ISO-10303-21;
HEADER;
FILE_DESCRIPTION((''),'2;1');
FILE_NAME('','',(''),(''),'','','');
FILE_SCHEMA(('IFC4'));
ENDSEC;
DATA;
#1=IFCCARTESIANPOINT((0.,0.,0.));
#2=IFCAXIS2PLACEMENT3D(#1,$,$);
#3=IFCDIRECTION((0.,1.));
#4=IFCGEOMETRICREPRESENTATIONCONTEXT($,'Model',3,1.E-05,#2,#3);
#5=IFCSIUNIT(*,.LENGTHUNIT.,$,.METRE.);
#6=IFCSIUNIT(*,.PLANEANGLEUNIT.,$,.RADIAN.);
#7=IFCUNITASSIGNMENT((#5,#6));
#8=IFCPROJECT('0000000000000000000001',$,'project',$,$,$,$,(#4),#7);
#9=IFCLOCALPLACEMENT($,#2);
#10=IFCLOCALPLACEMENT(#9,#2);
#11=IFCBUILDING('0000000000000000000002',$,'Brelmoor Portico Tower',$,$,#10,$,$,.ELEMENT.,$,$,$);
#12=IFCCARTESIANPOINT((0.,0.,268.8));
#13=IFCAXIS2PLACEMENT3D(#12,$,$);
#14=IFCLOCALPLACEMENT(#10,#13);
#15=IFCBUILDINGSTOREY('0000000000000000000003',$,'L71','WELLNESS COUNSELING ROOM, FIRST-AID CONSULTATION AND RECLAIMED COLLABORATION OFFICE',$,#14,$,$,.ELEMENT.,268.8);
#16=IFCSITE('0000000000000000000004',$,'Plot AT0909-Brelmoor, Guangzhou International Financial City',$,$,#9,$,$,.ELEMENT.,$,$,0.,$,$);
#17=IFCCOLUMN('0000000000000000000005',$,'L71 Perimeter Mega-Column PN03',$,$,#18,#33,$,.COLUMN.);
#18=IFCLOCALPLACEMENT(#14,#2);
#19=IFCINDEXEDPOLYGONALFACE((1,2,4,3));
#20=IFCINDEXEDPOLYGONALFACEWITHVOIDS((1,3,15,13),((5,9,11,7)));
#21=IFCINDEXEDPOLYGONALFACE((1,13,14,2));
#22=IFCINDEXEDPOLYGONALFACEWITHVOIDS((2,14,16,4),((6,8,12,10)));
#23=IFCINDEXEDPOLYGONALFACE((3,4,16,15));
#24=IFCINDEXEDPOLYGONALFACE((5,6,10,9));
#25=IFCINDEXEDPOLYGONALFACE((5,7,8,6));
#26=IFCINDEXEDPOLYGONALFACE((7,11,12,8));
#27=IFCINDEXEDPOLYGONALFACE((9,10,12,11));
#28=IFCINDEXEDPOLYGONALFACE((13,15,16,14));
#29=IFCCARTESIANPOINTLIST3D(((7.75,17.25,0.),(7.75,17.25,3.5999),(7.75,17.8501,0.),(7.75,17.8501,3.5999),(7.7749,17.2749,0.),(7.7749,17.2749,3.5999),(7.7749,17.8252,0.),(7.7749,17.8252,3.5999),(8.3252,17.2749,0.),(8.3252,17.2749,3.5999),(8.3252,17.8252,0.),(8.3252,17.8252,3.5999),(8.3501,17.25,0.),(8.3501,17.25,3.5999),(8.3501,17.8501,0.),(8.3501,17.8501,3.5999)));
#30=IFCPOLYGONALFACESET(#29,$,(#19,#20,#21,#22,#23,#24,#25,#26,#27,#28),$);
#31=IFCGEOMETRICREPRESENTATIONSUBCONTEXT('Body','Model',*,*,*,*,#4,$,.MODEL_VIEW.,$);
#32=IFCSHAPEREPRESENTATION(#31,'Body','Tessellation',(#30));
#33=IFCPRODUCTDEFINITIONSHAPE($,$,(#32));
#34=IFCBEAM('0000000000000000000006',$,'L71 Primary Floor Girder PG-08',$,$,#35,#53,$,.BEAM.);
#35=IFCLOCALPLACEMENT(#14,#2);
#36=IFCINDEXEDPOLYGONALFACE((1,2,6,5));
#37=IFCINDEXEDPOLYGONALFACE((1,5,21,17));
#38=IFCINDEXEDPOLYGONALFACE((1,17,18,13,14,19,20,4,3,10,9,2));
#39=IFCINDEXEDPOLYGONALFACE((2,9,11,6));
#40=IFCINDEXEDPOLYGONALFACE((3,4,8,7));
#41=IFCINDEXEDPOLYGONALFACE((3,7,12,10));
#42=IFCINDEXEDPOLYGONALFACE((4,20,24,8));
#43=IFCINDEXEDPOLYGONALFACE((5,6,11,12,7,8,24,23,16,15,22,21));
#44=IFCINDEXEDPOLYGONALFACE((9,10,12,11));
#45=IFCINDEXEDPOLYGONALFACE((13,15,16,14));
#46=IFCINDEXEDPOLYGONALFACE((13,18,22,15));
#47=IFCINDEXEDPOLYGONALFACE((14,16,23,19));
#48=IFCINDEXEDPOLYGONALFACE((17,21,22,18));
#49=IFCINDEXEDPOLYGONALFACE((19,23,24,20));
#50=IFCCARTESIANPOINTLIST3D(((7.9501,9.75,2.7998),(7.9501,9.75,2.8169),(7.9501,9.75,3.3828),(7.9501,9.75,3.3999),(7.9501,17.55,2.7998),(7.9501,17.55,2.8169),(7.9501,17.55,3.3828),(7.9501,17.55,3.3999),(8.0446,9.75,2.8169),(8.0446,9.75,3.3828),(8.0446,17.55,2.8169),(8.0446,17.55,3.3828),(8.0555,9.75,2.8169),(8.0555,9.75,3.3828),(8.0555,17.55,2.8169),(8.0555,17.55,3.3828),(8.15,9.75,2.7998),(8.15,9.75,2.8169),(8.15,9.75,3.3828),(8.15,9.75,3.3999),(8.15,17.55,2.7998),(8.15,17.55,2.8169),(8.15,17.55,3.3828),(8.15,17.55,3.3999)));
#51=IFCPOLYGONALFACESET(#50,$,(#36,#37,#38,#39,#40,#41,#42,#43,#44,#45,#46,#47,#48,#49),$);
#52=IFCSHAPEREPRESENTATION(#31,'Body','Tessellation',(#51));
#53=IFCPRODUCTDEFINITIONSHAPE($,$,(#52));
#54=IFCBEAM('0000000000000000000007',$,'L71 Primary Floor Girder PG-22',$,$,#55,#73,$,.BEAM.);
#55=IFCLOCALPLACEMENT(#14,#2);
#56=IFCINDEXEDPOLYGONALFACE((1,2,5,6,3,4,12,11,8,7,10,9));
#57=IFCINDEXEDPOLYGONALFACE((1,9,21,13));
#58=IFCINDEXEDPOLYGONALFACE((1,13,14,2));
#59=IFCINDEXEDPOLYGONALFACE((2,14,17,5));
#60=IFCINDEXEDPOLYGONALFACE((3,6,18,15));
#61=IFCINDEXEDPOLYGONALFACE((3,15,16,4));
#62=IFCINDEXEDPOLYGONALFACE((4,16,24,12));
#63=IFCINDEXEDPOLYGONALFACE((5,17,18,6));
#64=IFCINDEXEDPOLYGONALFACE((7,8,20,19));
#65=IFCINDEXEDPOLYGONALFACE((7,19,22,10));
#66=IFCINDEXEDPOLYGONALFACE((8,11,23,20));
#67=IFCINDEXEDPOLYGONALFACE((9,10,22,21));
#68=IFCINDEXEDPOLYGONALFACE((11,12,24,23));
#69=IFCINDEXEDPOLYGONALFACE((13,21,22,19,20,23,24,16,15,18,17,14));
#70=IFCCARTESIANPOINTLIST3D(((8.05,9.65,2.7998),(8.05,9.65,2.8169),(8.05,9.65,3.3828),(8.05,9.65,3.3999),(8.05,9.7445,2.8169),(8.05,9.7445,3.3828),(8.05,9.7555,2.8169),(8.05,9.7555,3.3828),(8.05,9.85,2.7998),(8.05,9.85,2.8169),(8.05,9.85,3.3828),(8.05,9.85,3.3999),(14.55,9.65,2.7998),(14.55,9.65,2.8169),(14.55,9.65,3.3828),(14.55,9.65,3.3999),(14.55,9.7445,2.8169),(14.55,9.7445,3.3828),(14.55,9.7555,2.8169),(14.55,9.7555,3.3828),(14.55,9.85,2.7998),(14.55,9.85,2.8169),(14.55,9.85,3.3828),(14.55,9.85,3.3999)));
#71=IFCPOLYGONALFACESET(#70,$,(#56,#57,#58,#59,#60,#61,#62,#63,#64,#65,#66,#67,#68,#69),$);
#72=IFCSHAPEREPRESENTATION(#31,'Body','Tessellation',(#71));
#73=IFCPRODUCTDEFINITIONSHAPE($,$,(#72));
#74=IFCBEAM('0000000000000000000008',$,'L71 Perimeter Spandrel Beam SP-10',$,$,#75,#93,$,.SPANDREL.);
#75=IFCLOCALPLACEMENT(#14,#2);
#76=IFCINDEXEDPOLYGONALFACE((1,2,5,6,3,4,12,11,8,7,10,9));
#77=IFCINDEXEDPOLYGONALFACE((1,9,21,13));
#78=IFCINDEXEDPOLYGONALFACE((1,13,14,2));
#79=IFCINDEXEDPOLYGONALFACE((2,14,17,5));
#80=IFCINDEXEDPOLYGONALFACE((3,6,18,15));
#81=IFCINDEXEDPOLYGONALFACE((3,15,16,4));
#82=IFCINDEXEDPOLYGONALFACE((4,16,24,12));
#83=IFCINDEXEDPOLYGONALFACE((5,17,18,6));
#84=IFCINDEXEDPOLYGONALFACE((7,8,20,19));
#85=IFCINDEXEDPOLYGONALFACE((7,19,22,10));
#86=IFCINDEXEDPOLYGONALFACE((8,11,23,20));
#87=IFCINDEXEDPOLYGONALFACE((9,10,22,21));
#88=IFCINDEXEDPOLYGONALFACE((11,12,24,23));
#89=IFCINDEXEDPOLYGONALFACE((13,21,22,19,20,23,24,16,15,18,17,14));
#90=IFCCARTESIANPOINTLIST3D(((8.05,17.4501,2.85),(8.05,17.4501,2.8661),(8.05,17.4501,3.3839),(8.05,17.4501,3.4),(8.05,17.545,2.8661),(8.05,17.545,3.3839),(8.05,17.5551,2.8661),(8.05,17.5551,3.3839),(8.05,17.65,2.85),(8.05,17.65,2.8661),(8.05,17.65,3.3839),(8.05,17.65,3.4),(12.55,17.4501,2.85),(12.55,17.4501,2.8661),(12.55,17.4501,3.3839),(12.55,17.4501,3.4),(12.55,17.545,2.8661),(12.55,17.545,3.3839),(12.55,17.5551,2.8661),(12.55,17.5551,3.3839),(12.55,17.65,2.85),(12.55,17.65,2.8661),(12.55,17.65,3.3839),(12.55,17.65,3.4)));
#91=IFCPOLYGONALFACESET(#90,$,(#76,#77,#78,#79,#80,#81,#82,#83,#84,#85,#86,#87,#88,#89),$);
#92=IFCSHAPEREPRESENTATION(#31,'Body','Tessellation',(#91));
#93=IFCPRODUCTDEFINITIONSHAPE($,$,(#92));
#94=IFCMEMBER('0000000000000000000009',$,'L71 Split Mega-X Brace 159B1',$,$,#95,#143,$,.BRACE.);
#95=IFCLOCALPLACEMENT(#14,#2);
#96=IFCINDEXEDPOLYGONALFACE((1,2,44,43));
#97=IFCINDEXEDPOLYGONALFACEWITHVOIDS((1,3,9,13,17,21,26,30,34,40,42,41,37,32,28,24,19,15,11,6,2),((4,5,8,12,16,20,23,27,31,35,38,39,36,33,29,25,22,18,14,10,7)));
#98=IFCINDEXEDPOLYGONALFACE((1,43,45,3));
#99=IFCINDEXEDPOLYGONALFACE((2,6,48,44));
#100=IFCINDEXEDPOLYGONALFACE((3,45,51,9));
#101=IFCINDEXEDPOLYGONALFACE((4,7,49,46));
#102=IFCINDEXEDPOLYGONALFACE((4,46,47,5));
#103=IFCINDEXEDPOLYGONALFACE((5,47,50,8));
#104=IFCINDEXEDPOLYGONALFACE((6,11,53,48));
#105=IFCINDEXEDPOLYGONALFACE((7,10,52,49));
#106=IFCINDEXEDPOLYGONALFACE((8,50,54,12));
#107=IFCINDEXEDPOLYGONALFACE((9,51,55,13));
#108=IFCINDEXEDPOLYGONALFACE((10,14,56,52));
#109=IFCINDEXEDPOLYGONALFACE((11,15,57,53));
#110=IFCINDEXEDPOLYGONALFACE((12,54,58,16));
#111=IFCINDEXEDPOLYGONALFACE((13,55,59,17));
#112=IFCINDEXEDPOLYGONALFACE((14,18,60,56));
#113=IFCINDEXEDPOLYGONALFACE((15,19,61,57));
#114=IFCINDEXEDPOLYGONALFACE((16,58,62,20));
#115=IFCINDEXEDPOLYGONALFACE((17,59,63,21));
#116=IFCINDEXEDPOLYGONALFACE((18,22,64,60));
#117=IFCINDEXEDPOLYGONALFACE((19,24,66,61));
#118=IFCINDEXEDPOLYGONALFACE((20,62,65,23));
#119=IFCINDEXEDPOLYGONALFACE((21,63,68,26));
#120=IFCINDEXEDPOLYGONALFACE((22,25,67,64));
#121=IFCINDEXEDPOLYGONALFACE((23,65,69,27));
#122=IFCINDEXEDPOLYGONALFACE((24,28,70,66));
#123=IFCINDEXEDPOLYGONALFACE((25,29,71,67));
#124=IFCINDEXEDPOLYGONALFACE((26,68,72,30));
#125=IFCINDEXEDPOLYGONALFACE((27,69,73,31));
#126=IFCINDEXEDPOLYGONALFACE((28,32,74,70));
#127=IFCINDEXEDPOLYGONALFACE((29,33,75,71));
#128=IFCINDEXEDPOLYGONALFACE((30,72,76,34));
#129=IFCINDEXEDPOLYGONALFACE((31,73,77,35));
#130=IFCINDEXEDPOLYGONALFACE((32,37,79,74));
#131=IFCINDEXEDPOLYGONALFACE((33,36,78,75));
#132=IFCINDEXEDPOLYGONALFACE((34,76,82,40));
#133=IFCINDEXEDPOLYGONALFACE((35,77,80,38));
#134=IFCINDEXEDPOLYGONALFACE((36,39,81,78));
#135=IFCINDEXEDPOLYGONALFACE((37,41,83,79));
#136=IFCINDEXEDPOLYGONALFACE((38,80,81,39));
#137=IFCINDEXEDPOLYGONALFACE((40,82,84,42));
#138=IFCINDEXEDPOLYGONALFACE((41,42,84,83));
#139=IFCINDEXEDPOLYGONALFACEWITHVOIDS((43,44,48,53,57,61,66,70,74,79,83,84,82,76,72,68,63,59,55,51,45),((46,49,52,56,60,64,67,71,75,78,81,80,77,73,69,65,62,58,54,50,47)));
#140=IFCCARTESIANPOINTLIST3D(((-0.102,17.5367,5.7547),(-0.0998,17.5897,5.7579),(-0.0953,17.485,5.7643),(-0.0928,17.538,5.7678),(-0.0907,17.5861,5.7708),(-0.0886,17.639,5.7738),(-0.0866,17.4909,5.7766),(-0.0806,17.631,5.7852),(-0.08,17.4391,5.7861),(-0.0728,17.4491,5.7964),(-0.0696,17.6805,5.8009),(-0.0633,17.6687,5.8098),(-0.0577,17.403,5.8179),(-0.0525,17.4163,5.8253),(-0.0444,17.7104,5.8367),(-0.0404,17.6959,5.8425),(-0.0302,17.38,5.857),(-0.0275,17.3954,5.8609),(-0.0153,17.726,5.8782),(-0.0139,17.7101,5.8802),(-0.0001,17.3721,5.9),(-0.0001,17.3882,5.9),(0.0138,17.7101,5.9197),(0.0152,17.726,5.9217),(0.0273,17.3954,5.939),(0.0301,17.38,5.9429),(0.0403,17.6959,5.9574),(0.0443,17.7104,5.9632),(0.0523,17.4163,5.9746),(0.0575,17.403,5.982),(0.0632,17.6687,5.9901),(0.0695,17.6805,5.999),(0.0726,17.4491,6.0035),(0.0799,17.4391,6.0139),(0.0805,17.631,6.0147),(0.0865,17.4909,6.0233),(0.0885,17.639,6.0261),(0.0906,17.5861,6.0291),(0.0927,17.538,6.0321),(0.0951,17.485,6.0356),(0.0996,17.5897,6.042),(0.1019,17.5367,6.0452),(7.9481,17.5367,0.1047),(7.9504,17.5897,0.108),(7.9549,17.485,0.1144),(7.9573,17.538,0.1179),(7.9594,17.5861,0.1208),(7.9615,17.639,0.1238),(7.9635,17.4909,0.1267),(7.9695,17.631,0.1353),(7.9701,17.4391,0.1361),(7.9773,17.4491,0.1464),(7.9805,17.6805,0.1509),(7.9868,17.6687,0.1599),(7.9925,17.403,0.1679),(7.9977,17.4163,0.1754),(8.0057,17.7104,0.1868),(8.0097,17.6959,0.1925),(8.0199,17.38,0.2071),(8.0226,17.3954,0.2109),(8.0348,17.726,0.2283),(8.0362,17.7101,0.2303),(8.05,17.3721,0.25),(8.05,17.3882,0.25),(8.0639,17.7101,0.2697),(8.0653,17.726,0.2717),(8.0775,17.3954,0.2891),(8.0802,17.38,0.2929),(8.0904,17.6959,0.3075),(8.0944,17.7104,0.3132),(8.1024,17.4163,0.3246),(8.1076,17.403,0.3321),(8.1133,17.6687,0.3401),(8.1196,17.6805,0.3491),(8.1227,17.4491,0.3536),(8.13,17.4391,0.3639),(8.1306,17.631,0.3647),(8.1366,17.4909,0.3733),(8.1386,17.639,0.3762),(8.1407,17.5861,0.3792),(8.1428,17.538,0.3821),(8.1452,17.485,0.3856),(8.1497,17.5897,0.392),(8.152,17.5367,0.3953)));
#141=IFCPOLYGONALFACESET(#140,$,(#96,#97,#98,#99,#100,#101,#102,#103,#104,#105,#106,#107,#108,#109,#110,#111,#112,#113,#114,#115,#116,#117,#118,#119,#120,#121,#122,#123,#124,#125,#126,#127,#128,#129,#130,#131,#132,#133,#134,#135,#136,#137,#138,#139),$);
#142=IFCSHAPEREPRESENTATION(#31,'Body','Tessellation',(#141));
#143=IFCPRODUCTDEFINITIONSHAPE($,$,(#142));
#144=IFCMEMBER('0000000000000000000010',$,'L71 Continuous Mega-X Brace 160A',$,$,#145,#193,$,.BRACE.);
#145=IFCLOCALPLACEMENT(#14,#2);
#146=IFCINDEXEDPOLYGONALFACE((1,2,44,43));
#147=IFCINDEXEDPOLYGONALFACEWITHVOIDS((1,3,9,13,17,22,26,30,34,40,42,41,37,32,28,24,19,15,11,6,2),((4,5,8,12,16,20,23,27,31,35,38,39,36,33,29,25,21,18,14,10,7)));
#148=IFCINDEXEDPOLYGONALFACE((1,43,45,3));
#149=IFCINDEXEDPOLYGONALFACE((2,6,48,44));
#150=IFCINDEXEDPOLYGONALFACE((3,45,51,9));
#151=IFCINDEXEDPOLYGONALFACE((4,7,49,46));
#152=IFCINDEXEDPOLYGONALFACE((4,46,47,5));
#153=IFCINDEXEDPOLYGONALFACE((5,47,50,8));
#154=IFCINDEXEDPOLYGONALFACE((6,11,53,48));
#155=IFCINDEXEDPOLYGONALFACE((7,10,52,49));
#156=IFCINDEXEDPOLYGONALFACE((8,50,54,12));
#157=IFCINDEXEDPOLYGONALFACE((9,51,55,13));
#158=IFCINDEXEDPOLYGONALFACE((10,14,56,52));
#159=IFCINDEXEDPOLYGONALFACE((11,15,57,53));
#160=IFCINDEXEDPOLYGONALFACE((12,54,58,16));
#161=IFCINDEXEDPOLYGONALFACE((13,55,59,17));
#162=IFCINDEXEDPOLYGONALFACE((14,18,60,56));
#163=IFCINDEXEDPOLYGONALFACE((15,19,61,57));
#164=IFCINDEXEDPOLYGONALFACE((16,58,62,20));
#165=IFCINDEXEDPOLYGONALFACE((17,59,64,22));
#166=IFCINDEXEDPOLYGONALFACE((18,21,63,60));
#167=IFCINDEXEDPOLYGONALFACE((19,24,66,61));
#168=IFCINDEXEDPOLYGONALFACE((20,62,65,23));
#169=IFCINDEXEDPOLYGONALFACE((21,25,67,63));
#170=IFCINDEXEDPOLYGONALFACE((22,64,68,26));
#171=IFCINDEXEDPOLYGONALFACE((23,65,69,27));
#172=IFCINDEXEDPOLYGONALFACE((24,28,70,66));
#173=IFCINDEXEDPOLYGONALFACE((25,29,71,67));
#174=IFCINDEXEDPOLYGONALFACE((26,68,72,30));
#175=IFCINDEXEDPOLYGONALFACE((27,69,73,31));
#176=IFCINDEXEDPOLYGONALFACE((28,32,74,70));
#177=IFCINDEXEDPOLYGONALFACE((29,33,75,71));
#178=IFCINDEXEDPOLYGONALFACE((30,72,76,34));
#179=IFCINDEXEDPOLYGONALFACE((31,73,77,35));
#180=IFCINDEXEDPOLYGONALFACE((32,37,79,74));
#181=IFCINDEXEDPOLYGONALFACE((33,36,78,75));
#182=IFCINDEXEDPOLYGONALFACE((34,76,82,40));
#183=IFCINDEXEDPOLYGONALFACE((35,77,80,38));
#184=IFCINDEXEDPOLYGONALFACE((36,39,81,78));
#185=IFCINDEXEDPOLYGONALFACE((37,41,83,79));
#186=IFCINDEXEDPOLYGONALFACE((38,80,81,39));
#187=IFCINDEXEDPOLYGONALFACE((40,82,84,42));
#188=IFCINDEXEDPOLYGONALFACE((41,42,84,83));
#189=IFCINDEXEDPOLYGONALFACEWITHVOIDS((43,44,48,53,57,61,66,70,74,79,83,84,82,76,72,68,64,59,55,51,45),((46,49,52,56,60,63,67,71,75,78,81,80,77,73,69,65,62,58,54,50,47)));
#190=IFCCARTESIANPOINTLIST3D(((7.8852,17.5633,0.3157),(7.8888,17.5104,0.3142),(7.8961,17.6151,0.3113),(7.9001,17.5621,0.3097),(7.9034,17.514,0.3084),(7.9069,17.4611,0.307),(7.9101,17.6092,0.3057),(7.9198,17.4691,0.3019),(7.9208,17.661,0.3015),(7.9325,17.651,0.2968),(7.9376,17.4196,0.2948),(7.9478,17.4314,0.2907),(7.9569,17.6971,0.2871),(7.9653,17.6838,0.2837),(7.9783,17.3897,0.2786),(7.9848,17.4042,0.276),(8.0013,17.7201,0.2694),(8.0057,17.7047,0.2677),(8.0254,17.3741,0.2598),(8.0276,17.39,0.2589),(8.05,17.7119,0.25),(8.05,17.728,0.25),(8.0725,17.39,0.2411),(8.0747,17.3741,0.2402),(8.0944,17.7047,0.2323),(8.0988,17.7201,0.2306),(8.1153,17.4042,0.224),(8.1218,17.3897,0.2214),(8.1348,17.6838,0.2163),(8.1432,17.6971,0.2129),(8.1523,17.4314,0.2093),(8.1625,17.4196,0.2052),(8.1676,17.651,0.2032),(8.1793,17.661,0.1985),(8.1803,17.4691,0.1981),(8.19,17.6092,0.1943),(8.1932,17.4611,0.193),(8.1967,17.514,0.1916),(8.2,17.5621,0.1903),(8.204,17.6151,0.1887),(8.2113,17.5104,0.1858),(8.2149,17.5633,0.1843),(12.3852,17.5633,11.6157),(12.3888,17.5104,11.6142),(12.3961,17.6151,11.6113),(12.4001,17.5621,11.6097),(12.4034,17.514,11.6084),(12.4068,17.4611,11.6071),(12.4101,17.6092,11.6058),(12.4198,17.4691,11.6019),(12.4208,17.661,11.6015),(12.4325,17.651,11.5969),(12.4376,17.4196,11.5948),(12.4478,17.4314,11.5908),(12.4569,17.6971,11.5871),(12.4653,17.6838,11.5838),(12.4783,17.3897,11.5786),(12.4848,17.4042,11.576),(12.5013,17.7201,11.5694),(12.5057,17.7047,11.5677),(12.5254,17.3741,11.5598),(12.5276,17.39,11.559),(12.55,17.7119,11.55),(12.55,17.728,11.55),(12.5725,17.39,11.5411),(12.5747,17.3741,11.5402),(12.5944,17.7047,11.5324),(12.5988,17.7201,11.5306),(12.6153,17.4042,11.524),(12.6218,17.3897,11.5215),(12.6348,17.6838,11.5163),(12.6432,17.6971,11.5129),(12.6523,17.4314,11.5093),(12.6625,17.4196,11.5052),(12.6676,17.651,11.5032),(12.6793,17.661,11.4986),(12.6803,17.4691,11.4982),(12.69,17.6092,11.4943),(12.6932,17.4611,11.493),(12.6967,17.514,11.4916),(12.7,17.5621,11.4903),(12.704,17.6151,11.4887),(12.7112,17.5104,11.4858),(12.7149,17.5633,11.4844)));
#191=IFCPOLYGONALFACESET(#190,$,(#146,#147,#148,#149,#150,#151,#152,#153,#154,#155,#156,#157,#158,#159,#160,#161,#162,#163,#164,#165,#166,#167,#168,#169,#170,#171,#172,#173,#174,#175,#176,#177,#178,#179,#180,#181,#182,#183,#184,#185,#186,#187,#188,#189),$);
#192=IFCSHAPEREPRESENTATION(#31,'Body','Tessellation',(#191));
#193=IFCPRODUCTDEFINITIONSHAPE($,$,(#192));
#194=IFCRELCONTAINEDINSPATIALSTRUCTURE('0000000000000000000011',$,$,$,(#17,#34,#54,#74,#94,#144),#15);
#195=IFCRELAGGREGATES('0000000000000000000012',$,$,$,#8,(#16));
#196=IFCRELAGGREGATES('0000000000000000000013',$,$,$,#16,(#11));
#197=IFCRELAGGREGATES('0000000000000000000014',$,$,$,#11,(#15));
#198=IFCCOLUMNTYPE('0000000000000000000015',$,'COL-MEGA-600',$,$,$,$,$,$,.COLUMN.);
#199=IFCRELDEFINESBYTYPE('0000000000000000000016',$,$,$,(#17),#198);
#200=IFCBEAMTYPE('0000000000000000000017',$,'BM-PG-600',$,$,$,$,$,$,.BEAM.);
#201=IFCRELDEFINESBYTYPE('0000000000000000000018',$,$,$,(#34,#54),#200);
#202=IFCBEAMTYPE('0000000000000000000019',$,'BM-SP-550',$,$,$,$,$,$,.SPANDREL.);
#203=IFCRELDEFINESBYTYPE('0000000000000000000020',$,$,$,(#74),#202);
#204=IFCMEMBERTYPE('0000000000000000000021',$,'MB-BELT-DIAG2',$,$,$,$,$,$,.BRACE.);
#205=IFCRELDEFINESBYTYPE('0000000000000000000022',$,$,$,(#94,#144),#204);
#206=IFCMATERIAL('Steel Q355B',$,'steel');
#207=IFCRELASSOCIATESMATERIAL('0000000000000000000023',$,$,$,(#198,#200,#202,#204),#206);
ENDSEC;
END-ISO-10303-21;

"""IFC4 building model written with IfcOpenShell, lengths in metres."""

from ifc_helpers import new_model, si_unit, direction, frame, origin, origin_2d, place, context, subcontext, project, spatial, hollow_rectangle, hollow_circle, i_section, extrude, material, material_profile, profile_set, type_object, element, save


model = new_model("IFC4")

# Units and contexts
model_context = context("Model", 3, precision=1e-05, world=origin(), true_north=direction((0.0, 1.0)))
body_context = subcontext(model_context, "Body", "Model", "MODEL_VIEW")
ifc_project = project(units=[si_unit("LENGTHUNIT", "METRE"), si_unit("PLANEANGLEUNIT", "RADIAN")], contexts=[model_context])

# Site, building, storey
site_placement = place(None, origin())
site = spatial("IfcSite", under=ifc_project, at=site_placement, Name="Plot AT0909-Brelmoor, Guangzhou International Financial City", CompositionType="ELEMENT", RefElevation=0.0)
building_placement = place(site_placement, origin())
building = spatial("IfcBuilding", under=site, at=building_placement, Name="Brelmoor Portico Tower", CompositionType="ELEMENT")
storey_placement = place(building_placement, frame((0.0, 0.0, 268.8)))
storey = spatial("IfcBuildingStorey", under=building, at=storey_placement, Name="L71", Description="WELLNESS COUNSELING ROOM, FIRST-AID CONSULTATION AND RECLAIMED COLLABORATION OFFICE", CompositionType="ELEMENT", Elevation=268.8)

# Column
ifc_material_1 = material(Name="Steel Q355B", Category="steel")
ifc_material_profile_1 = material_profile(ifc_material_1, hollow_rectangle(XDim=0.6001, YDim=0.6001, WallThickness=0.0249, at=origin_2d()), Name="BOX 600x600x25")
ifc_profile_set_1 = profile_set([ifc_material_profile_1], Name="Steel Q355B")
column_type = type_object("IfcColumnType", Name="COL-MEGA-600", PredefinedType="COLUMN", material=ifc_profile_set_1)
column_placement = place(storey_placement, frame((8.05, 17.55, 0.0), z_axis=(0.0, 0.0, 1.0), x_axis=(1.0, 0.0, 0.0)))
element("IfcColumn", 1, at=column_placement, inside=storey, type_object=column_type, Name="L71 Perimeter Mega-Column PN03", PredefinedType="COLUMN", context=body_context, shape_type="SweptSolid", body=[
    extrude(hollow_rectangle(XDim=0.6001, YDim=0.6001, WallThickness=0.0249, at=origin_2d()), origin(), (0.0, 0.0, 1.0), 3.5999),
])

# Beams
ifc_material_profile_2 = material_profile(ifc_material_1, i_section(OverallWidth=0.2, OverallDepth=0.6001, WebThickness=0.011, FlangeThickness=0.0171, at=origin_2d()), Name="HN 600x200x11x17")
ifc_profile_set_2 = profile_set([ifc_material_profile_2], Name="Steel Q355B")
beam_type_1 = type_object("IfcBeamType", Name="BM-PG-600", PredefinedType="BEAM", material=ifc_profile_set_2)
beam_1_placement = place(storey_placement, frame((8.05, 9.75, 3.0999), z_axis=(0.0, 1.0, 0.0), x_axis=(-1.0, 0.0, 0.0)))
element("IfcBeam", 2, at=beam_1_placement, inside=storey, type_object=beam_type_1, Name="L71 Primary Floor Girder PG-08", PredefinedType="BEAM", context=body_context, shape_type="SweptSolid", body=[
    extrude(i_section(OverallWidth=0.2, OverallDepth=0.6001, WebThickness=0.011, FlangeThickness=0.0171, at=origin_2d()), origin(), (0.0, 0.0, 1.0), 7.8),
])
beam_2_placement = place(storey_placement, frame((8.05, 9.75, 3.0999), z_axis=(1.0, 0.0, 0.0), x_axis=(0.0, 1.0, 0.0)))
element("IfcBeam", 3, at=beam_2_placement, inside=storey, type_object=beam_type_1, Name="L71 Primary Floor Girder PG-22", PredefinedType="BEAM", context=body_context, shape_type="SweptSolid", body=[
    extrude(i_section(OverallWidth=0.2, OverallDepth=0.6001, WebThickness=0.011, FlangeThickness=0.0171, at=origin_2d()), origin(), (0.0, 0.0, 1.0), 6.5),
])
ifc_material_profile_3 = material_profile(ifc_material_1, i_section(OverallWidth=0.2, OverallDepth=0.55, WebThickness=0.01, FlangeThickness=0.0161, at=origin_2d()), Name="HN 550x200x10x16")
ifc_profile_set_3 = profile_set([ifc_material_profile_3], Name="Steel Q355B")
beam_type_2 = type_object("IfcBeamType", Name="BM-SP-550", PredefinedType="SPANDREL", material=ifc_profile_set_3)
beam_3_placement = place(storey_placement, frame((8.05, 17.55, 3.125), z_axis=(1.0, 0.0, 0.0), x_axis=(0.0, 1.0, 0.0)))
element("IfcBeam", 4, at=beam_3_placement, inside=storey, type_object=beam_type_2, Name="L71 Perimeter Spandrel Beam SP-10", PredefinedType="SPANDREL", context=body_context, shape_type="SweptSolid", body=[
    extrude(i_section(OverallWidth=0.2, OverallDepth=0.55, WebThickness=0.01, FlangeThickness=0.0161, at=origin_2d()), origin(), (0.0, 0.0, 1.0), 4.5),
])

# Members
ifc_material_profile_4 = material_profile(ifc_material_1, hollow_circle(Radius=0.178, WallThickness=0.0161, at=origin_2d()), Name="CHS 356x16")
ifc_profile_set_4 = profile_set([ifc_material_profile_4], Name="Steel Q355B")
member_type_1 = type_object("IfcMemberType", Name="MB-BELT-DIAG2", PredefinedType="BRACE", material=ifc_profile_set_4)
member_1_placement = place(storey_placement, frame((8.05, 17.55, 0.25), z_axis=(-0.818521, 0.0, 0.574477), x_axis=(0.0, -1.0, 0.0)))
element("IfcMember", 5, at=member_1_placement, inside=storey, type_object=member_type_1, Name="L71 Split Mega-X Brace 159B1", PredefinedType="BRACE", context=body_context, shape_type="SweptSolid", body=[
    extrude(hollow_circle(Radius=0.178, WallThickness=0.0161, at=origin_2d()), origin(), (0.0, 0.0, 1.0), 9.835),
])
member_2_placement = place(storey_placement, frame((8.05, 17.55, 0.25), z_axis=(0.369971, 0.0, 0.929043), x_axis=(0.0, 1.0, 0.0)))
element("IfcMember", 6, at=member_2_placement, inside=storey, type_object=member_type_1, Name="L71 Continuous Mega-X Brace 160A", PredefinedType="BRACE", context=body_context, shape_type="SweptSolid", body=[
    extrude(hollow_circle(Radius=0.178, WallThickness=0.0161, at=origin_2d()), origin(), (0.0, 0.0, 1.0), 12.1631),
])

save(model, "model.ifc")
